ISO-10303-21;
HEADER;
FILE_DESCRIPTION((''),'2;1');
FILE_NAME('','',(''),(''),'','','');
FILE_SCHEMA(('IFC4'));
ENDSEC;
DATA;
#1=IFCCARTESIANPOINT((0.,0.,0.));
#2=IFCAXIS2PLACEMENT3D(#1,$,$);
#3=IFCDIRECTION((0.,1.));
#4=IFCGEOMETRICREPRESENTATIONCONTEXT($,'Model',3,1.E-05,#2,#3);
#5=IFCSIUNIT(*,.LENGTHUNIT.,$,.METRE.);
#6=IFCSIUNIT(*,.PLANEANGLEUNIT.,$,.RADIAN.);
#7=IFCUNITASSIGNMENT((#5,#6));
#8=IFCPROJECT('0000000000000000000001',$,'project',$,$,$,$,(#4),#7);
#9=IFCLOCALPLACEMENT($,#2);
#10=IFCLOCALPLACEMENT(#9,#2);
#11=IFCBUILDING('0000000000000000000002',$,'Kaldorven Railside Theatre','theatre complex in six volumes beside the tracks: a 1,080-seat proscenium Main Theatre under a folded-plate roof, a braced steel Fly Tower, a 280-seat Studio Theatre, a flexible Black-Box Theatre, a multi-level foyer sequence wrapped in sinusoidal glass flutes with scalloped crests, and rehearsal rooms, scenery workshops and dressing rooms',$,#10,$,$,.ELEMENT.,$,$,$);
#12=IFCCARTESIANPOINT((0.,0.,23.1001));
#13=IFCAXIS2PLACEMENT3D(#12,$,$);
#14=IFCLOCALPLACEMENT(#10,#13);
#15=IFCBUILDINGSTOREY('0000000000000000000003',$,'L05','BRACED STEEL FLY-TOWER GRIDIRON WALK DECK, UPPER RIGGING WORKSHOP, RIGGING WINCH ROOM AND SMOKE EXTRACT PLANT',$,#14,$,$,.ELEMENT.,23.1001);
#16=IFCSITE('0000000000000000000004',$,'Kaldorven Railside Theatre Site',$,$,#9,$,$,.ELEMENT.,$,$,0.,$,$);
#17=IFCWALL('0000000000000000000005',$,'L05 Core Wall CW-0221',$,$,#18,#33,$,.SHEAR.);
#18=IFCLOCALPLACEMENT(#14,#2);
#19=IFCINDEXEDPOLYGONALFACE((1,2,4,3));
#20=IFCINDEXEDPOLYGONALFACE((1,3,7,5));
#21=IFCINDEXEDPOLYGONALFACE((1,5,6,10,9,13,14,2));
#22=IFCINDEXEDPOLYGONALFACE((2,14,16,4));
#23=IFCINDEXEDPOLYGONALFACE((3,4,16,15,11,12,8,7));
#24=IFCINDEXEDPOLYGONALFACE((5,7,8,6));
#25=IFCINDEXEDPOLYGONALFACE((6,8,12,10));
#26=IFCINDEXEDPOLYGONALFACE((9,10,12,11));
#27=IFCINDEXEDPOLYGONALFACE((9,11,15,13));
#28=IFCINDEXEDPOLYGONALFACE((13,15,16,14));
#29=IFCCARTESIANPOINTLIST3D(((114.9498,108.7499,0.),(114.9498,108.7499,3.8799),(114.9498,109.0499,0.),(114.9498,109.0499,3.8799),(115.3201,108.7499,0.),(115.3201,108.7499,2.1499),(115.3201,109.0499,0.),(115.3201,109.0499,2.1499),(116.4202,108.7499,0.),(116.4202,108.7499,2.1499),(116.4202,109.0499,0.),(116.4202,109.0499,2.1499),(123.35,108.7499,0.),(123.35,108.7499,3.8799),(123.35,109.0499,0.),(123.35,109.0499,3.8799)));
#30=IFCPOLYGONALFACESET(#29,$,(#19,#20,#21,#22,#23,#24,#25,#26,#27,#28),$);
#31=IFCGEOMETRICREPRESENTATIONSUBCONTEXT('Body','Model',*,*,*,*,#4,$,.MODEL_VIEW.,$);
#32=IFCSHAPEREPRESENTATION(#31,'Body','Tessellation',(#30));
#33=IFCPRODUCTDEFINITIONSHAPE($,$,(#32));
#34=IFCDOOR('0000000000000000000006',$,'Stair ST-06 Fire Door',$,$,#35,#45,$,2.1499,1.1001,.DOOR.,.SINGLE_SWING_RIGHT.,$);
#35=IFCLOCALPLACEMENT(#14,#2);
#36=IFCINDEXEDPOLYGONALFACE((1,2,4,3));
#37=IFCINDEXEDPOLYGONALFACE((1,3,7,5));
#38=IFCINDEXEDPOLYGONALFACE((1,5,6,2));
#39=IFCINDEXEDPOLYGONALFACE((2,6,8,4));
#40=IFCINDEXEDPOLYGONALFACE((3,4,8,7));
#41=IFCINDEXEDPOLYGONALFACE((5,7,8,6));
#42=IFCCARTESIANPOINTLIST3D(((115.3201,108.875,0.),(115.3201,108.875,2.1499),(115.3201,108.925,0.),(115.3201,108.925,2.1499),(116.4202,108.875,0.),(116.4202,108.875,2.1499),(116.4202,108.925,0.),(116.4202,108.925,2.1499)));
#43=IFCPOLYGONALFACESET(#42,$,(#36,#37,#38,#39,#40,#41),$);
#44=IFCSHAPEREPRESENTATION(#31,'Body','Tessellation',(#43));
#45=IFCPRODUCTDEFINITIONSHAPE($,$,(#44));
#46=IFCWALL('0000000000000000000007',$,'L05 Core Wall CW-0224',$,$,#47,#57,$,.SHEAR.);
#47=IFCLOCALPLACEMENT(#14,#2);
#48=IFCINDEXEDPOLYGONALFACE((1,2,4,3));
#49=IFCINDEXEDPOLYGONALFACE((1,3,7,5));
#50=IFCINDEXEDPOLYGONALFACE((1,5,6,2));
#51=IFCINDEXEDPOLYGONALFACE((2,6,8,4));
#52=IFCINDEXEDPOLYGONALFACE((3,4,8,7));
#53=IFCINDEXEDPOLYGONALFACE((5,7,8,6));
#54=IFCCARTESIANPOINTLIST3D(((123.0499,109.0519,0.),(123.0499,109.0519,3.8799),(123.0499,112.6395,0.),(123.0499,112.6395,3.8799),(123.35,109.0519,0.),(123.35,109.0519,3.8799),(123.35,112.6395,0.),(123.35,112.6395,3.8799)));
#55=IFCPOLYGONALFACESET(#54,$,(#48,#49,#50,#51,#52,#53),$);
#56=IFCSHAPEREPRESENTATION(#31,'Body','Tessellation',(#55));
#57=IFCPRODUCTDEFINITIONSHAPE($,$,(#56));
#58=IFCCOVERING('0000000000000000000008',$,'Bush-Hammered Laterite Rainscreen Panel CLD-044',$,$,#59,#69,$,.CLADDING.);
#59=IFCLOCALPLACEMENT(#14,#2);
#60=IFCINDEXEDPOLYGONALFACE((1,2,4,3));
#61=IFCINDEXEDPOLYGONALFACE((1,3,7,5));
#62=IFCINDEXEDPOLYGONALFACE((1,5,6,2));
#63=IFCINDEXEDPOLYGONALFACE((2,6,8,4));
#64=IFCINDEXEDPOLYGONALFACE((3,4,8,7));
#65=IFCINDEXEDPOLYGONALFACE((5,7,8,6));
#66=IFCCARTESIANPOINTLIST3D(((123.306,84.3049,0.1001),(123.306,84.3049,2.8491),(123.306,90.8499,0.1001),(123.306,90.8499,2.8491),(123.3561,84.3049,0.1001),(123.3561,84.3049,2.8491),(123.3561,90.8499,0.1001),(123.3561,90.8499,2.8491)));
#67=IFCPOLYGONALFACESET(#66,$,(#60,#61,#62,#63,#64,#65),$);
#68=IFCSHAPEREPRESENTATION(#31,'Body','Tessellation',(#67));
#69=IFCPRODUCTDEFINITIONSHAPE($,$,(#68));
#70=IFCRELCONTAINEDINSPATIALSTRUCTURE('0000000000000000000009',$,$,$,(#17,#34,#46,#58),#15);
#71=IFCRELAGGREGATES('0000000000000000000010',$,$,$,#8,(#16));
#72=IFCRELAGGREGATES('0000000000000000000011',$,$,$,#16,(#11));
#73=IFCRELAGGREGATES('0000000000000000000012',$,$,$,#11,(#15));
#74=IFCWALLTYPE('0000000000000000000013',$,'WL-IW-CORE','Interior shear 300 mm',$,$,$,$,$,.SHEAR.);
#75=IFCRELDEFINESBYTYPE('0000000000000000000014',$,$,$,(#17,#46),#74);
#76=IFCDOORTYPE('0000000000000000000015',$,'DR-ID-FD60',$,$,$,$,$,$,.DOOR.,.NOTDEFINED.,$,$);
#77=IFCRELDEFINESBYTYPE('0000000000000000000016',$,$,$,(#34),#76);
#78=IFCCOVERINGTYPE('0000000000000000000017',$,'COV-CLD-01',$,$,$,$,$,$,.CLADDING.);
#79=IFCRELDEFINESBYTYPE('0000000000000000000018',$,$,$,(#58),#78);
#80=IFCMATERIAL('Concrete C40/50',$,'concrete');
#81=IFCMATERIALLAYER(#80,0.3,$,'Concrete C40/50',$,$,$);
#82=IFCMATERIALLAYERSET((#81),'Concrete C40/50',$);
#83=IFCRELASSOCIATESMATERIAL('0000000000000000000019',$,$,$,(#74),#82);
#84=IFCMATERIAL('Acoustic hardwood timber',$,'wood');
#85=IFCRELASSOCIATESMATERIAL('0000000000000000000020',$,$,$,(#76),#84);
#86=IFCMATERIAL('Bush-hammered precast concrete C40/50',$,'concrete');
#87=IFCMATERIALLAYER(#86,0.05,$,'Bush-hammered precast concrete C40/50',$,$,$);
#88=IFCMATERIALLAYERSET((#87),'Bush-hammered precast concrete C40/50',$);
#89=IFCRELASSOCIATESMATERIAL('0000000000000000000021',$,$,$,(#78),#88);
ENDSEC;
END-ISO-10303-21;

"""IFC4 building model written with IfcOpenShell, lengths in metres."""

from ifc_helpers import new_model, si_unit, direction, frame, frame_2d, origin, origin_2d, place, context, subcontext, project, spatial, rectangle, extrude, material, layer, layer_set, type_object, element, fill, save


model = new_model("IFC4")

# Units and contexts
model_context = context("Model", 3, precision=1e-05, world=origin(), true_north=direction((0.0, 1.0)))
body_context = subcontext(model_context, "Body", "Model", "MODEL_VIEW")
ifc_project = project(units=[si_unit("LENGTHUNIT", "METRE"), si_unit("PLANEANGLEUNIT", "RADIAN")], contexts=[model_context])

# Site, building, storey
site_placement = place(None, origin())
site = spatial("IfcSite", under=ifc_project, at=site_placement, Name="Kaldorven Railside Theatre Site", CompositionType="ELEMENT", RefElevation=0.0)
building_placement = place(site_placement, origin())
building = spatial("IfcBuilding", under=site, at=building_placement, Name="Kaldorven Railside Theatre", Description="theatre complex in six volumes beside the tracks: a 1,080-seat proscenium Main Theatre under a folded-plate roof, a braced steel Fly Tower, a 280-seat Studio Theatre, a flexible Black-Box Theatre, a multi-level foyer sequence wrapped in sinusoidal glass flutes with scalloped crests, and rehearsal rooms, scenery workshops and dressing rooms", CompositionType="ELEMENT")
storey_placement = place(building_placement, frame((0.0, 0.0, 23.1001)))
storey = spatial("IfcBuildingStorey", under=building, at=storey_placement, Name="L05", Description="BRACED STEEL FLY-TOWER GRIDIRON WALK DECK, UPPER RIGGING WORKSHOP, RIGGING WINCH ROOM AND SMOKE EXTRACT PLANT", CompositionType="ELEMENT", Elevation=23.1001)

# Shared definitions
ifc_material_1 = material(Name="Concrete C40/50", Category="concrete")

# Wall, opening, door
ifc_layer_1 = layer(ifc_material_1, 0.3, Name="Concrete C40/50")
ifc_layer_set_1 = layer_set([ifc_layer_1], Name="Concrete C40/50")
wall_type_1 = type_object("IfcWallType", Name="WL-IW-CORE", Description="Interior shear 300 mm", PredefinedType="SHEAR", material=ifc_layer_set_1)
wall_1_placement = place(storey_placement, frame((123.3501, 108.8999, 0.0), z_axis=(0.0, 0.0, 1.0), x_axis=(-1.0, 0.0, 0.0)))
wall_1 = element("IfcWall", 1, at=wall_1_placement, inside=storey, type_object=wall_type_1, Name="L05 Core Wall CW-0221", PredefinedType="SHEAR", context=body_context, shape_type="SweptSolid", body=[
    extrude(rectangle(XDim=8.4001, YDim=0.3, at=frame_2d((4.2002, 0.0))), origin(), (0.0, 0.0, 1.0), 3.8799),
])
opening_1_placement = place(wall_1_placement, frame((6.9299, 0.0, 0.0)))
opening_1 = element("IfcOpeningElement", 2, at=opening_1_placement, cuts=wall_1, PredefinedType="OPENING", context=body_context, shape_type="SweptSolid", body=[
    extrude(rectangle(XDim=1.1001, YDim=2.1499, at=frame_2d((0.55, 1.075))), frame((0.0, 0.1602, 0.0), z_axis=(0.0, -1.0, 0.0), x_axis=(1.0, 0.0, 0.0)), (0.0, 0.0, 1.0), 0.3201),
])
ifc_material_2 = material(Name="Acoustic hardwood timber", Category="wood")
door_type = type_object("IfcDoorType", Name="DR-ID-FD60", OperationType="NOTDEFINED", PredefinedType="DOOR", material=ifc_material_2)
door_placement = place(opening_1_placement, origin())
door = element("IfcDoor", 3, at=door_placement, inside=storey, type_object=door_type, Name="Stair ST-06 Fire Door", OperationType="SINGLE_SWING_RIGHT", OverallHeight=2.1499, OverallWidth=1.1001, PredefinedType="DOOR", context=body_context, shape_type="SweptSolid", body=[
    extrude(rectangle(XDim=1.1001, YDim=2.1499, at=frame_2d((0.55, 1.075))), frame((0.0, 0.0249, 0.0), z_axis=(0.0, -1.0, 0.0), x_axis=(1.0, 0.0, 0.0)), (0.0, 0.0, 1.0), 0.05),
])
fill(opening_1, door)

# Wall
wall_2_placement = place(storey_placement, frame((123.2, 112.6396, 0.0), z_axis=(0.0, 0.0, 1.0), x_axis=(0.0, -1.0, 0.0)))
element("IfcWall", 4, at=wall_2_placement, inside=storey, type_object=wall_type_1, Name="L05 Core Wall CW-0224", PredefinedType="SHEAR", context=body_context, shape_type="SweptSolid", body=[
    extrude(rectangle(XDim=3.5876, YDim=0.3, at=frame_2d((1.7939, 0.0))), origin(), (0.0, 0.0, 1.0), 3.8799),
])

# Covering
ifc_material_3 = material(Name="Bush-hammered precast concrete C40/50", Category="concrete")
ifc_layer_2 = layer(ifc_material_3, 0.05, Name="Bush-hammered precast concrete C40/50")
ifc_layer_set_2 = layer_set([ifc_layer_2], Name="Bush-hammered precast concrete C40/50")
covering_type = type_object("IfcCoveringType", Name="COV-CLD-01", PredefinedType="CLADDING", material=ifc_layer_set_2)
covering_placement = place(storey_placement, frame((123.3311, 87.5774, 0.1001), z_axis=(0.0, 0.0, 1.0), x_axis=(0.0, -1.0, 0.0)))
element("IfcCovering", 5, at=covering_placement, inside=storey, type_object=covering_type, Name="Bush-Hammered Laterite Rainscreen Panel CLD-044", PredefinedType="CLADDING", context=body_context, shape_type="SweptSolid", body=[
    extrude(rectangle(XDim=6.5449, YDim=0.05, at=origin_2d()), origin(), (0.0, 0.0, 1.0), 2.749),
])

save(model, "model.ifc")
